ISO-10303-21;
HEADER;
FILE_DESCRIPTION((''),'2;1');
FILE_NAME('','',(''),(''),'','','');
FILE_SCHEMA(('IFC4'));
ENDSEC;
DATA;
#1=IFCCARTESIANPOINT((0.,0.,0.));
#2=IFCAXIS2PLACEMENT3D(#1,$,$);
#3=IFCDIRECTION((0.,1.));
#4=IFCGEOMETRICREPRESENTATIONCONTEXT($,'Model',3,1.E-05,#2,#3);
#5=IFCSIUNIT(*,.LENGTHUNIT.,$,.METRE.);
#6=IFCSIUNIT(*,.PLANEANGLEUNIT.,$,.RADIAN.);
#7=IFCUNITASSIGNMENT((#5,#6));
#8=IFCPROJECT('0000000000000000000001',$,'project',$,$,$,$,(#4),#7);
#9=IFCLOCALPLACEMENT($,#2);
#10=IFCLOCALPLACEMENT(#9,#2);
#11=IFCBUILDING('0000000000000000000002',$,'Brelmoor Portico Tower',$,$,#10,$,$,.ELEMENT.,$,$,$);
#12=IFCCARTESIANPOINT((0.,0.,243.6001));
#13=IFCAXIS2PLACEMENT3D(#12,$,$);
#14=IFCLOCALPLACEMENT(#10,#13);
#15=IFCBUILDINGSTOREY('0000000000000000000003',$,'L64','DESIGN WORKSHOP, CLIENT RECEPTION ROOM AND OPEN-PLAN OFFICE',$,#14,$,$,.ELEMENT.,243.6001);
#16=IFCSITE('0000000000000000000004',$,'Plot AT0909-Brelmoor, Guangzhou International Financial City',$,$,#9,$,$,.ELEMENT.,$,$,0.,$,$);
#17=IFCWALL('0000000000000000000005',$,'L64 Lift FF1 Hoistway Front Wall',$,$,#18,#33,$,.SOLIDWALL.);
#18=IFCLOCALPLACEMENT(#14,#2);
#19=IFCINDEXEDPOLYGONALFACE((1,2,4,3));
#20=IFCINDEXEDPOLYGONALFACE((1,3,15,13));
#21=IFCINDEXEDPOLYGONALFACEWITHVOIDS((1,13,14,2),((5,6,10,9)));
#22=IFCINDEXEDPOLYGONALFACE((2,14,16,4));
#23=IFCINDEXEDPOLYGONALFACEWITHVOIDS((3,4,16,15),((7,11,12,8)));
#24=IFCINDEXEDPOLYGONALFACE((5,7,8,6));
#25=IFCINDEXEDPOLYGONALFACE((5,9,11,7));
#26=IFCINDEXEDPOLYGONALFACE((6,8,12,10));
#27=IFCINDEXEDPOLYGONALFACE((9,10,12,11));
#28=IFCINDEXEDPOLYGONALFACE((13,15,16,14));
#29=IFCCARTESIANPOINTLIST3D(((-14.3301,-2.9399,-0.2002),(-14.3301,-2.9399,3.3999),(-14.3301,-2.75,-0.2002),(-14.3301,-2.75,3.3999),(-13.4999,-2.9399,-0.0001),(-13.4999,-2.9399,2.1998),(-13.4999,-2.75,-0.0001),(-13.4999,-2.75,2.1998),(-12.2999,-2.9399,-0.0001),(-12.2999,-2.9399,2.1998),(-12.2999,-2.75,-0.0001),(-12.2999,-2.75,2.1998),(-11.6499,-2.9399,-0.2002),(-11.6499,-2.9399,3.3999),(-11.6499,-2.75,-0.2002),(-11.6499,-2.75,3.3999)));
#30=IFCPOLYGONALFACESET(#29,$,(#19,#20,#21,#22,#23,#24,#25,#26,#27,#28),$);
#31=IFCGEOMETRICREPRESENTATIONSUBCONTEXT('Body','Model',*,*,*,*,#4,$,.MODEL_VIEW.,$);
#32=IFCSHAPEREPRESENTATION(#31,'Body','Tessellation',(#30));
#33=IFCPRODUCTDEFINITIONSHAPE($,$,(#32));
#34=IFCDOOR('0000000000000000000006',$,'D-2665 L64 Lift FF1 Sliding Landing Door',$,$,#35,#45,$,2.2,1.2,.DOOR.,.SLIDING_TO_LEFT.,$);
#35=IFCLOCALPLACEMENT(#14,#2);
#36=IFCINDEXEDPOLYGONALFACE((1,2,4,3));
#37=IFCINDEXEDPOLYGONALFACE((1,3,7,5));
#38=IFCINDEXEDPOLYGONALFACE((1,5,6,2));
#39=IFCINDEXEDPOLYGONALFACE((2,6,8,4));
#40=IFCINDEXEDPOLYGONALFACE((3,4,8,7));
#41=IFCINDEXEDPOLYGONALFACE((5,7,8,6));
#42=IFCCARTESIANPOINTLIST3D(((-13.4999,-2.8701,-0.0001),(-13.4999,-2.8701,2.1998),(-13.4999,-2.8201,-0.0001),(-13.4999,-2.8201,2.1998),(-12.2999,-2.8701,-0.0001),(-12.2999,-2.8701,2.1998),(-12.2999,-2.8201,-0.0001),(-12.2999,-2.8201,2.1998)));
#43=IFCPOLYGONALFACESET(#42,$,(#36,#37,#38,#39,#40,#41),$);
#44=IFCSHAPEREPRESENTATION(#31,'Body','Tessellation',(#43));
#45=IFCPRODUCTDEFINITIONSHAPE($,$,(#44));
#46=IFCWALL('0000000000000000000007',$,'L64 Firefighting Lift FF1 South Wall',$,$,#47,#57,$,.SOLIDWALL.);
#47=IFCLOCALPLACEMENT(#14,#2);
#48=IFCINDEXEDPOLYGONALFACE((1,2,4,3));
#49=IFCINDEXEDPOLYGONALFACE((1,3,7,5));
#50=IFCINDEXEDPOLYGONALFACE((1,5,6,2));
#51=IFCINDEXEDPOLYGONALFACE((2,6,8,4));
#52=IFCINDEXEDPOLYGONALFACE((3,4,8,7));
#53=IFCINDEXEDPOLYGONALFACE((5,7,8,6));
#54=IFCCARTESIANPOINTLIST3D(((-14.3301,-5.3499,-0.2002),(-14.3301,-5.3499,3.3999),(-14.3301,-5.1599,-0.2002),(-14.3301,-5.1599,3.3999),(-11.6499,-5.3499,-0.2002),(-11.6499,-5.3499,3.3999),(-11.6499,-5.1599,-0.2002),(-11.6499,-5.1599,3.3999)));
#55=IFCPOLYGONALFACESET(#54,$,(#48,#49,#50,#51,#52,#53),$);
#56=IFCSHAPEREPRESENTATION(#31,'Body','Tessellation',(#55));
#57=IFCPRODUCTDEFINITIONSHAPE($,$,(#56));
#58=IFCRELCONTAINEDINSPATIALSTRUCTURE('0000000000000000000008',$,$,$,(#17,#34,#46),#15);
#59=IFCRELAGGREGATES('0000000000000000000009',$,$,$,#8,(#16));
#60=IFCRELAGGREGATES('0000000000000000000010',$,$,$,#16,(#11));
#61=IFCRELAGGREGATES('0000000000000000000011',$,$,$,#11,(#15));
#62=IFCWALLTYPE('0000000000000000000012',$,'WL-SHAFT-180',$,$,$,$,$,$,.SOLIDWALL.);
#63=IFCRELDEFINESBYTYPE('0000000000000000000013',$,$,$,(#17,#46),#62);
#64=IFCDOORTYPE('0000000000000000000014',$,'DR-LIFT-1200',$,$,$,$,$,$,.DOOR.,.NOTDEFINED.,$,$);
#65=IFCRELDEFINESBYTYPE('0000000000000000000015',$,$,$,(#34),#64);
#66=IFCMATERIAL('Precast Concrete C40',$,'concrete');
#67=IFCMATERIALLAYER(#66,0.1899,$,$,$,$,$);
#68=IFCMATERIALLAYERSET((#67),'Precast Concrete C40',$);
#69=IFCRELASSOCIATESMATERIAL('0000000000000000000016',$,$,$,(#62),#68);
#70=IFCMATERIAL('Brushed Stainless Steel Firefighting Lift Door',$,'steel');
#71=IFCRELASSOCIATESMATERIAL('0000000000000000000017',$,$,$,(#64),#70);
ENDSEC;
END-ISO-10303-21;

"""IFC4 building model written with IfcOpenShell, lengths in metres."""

from ifc_helpers import new_model, si_unit, direction, frame, frame_2d, origin, place, context, subcontext, project, spatial, rectangle, extrude, material, layer, layer_set, type_object, element, fill, save


model = new_model("IFC4")

# Units and contexts
model_context = context("Model", 3, precision=1e-05, world=origin(), true_north=direction((0.0, 1.0)))
body_context = subcontext(model_context, "Body", "Model", "MODEL_VIEW")
ifc_project = project(units=[si_unit("LENGTHUNIT", "METRE"), si_unit("PLANEANGLEUNIT", "RADIAN")], contexts=[model_context])

# Site, building, storey
site_placement = place(None, origin())
site = spatial("IfcSite", under=ifc_project, at=site_placement, Name="Plot AT0909-Brelmoor, Guangzhou International Financial City", CompositionType="ELEMENT", RefElevation=0.0)
building_placement = place(site_placement, origin())
building = spatial("IfcBuilding", under=site, at=building_placement, Name="Brelmoor Portico Tower", CompositionType="ELEMENT")
storey_placement = place(building_placement, frame((0.0, 0.0, 243.6001)))
storey = spatial("IfcBuildingStorey", under=building, at=storey_placement, Name="L64", Description="DESIGN WORKSHOP, CLIENT RECEPTION ROOM AND OPEN-PLAN OFFICE", CompositionType="ELEMENT", Elevation=243.6001)

# Wall, opening, door
ifc_material_1 = material(Name="Precast Concrete C40", Category="concrete")
ifc_layer_1 = layer(ifc_material_1, 0.1899)
ifc_layer_set_1 = layer_set([ifc_layer_1], Name="Precast Concrete C40")
wall_type_1 = type_object("IfcWallType", Name="WL-SHAFT-180", PredefinedType="SOLIDWALL", material=ifc_layer_set_1)
wall_1_placement = place(storey_placement, frame((-14.3301, -2.845, -0.2002), z_axis=(0.0, 0.0, 1.0), x_axis=(1.0, 0.0, 0.0)))
wall_1 = element("IfcWall", 1, at=wall_1_placement, inside=storey, type_object=wall_type_1, Name="L64 Lift FF1 Hoistway Front Wall", PredefinedType="SOLIDWALL", context=body_context, shape_type="SweptSolid", body=[
    extrude(rectangle(XDim=2.6802, YDim=0.1899, at=frame_2d((1.3401, 0.0))), origin(), (0.0, 0.0, 1.0), 3.6001),
])
opening_1_placement = place(wall_1_placement, frame((0.8301, 0.0, 0.2)))
opening_1 = element("IfcOpeningElement", 2, at=opening_1_placement, cuts=wall_1, PredefinedType="OPENING", context=body_context, shape_type="SweptSolid", body=[
    extrude(rectangle(XDim=1.2, YDim=2.2, at=frame_2d((0.6001, 1.1001))), frame((0.0, 0.105, 0.0), z_axis=(0.0, -1.0, 0.0), x_axis=(1.0, 0.0, 0.0)), (0.0, 0.0, 1.0), 0.21),
])
ifc_material_2 = material(Name="Brushed Stainless Steel Firefighting Lift Door", Category="steel")
door_type_1 = type_object("IfcDoorType", Name="DR-LIFT-1200", OperationType="NOTDEFINED", PredefinedType="DOOR", material=ifc_material_2)
door_1_placement = place(opening_1_placement, origin())
door_1 = element("IfcDoor", 3, at=door_1_placement, inside=storey, type_object=door_type_1, Name="D-2665 L64 Lift FF1 Sliding Landing Door", OperationType="SLIDING_TO_LEFT", OverallHeight=2.2, OverallWidth=1.2, PredefinedType="DOOR", context=body_context, shape_type="SweptSolid", body=[
    extrude(rectangle(XDim=1.2, YDim=2.2, at=frame_2d((0.6001, 1.1001))), frame((0.0, 0.0249, 0.0), z_axis=(0.0, -1.0, 0.0), x_axis=(1.0, 0.0, 0.0)), (0.0, 0.0, 1.0), 0.05),
])
fill(opening_1, door_1)

# Wall
wall_2_placement = place(storey_placement, frame((-14.3301, -5.2549, -0.2002), z_axis=(0.0, 0.0, 1.0), x_axis=(1.0, 0.0, 0.0)))
element("IfcWall", 4, at=wall_2_placement, inside=storey, type_object=wall_type_1, Name="L64 Firefighting Lift FF1 South Wall", PredefinedType="SOLIDWALL", context=body_context, shape_type="SweptSolid", body=[
    extrude(rectangle(XDim=2.6802, YDim=0.1899, at=frame_2d((1.3401, 0.0))), origin(), (0.0, 0.0, 1.0), 3.6001),
])

save(model, "model.ifc")
